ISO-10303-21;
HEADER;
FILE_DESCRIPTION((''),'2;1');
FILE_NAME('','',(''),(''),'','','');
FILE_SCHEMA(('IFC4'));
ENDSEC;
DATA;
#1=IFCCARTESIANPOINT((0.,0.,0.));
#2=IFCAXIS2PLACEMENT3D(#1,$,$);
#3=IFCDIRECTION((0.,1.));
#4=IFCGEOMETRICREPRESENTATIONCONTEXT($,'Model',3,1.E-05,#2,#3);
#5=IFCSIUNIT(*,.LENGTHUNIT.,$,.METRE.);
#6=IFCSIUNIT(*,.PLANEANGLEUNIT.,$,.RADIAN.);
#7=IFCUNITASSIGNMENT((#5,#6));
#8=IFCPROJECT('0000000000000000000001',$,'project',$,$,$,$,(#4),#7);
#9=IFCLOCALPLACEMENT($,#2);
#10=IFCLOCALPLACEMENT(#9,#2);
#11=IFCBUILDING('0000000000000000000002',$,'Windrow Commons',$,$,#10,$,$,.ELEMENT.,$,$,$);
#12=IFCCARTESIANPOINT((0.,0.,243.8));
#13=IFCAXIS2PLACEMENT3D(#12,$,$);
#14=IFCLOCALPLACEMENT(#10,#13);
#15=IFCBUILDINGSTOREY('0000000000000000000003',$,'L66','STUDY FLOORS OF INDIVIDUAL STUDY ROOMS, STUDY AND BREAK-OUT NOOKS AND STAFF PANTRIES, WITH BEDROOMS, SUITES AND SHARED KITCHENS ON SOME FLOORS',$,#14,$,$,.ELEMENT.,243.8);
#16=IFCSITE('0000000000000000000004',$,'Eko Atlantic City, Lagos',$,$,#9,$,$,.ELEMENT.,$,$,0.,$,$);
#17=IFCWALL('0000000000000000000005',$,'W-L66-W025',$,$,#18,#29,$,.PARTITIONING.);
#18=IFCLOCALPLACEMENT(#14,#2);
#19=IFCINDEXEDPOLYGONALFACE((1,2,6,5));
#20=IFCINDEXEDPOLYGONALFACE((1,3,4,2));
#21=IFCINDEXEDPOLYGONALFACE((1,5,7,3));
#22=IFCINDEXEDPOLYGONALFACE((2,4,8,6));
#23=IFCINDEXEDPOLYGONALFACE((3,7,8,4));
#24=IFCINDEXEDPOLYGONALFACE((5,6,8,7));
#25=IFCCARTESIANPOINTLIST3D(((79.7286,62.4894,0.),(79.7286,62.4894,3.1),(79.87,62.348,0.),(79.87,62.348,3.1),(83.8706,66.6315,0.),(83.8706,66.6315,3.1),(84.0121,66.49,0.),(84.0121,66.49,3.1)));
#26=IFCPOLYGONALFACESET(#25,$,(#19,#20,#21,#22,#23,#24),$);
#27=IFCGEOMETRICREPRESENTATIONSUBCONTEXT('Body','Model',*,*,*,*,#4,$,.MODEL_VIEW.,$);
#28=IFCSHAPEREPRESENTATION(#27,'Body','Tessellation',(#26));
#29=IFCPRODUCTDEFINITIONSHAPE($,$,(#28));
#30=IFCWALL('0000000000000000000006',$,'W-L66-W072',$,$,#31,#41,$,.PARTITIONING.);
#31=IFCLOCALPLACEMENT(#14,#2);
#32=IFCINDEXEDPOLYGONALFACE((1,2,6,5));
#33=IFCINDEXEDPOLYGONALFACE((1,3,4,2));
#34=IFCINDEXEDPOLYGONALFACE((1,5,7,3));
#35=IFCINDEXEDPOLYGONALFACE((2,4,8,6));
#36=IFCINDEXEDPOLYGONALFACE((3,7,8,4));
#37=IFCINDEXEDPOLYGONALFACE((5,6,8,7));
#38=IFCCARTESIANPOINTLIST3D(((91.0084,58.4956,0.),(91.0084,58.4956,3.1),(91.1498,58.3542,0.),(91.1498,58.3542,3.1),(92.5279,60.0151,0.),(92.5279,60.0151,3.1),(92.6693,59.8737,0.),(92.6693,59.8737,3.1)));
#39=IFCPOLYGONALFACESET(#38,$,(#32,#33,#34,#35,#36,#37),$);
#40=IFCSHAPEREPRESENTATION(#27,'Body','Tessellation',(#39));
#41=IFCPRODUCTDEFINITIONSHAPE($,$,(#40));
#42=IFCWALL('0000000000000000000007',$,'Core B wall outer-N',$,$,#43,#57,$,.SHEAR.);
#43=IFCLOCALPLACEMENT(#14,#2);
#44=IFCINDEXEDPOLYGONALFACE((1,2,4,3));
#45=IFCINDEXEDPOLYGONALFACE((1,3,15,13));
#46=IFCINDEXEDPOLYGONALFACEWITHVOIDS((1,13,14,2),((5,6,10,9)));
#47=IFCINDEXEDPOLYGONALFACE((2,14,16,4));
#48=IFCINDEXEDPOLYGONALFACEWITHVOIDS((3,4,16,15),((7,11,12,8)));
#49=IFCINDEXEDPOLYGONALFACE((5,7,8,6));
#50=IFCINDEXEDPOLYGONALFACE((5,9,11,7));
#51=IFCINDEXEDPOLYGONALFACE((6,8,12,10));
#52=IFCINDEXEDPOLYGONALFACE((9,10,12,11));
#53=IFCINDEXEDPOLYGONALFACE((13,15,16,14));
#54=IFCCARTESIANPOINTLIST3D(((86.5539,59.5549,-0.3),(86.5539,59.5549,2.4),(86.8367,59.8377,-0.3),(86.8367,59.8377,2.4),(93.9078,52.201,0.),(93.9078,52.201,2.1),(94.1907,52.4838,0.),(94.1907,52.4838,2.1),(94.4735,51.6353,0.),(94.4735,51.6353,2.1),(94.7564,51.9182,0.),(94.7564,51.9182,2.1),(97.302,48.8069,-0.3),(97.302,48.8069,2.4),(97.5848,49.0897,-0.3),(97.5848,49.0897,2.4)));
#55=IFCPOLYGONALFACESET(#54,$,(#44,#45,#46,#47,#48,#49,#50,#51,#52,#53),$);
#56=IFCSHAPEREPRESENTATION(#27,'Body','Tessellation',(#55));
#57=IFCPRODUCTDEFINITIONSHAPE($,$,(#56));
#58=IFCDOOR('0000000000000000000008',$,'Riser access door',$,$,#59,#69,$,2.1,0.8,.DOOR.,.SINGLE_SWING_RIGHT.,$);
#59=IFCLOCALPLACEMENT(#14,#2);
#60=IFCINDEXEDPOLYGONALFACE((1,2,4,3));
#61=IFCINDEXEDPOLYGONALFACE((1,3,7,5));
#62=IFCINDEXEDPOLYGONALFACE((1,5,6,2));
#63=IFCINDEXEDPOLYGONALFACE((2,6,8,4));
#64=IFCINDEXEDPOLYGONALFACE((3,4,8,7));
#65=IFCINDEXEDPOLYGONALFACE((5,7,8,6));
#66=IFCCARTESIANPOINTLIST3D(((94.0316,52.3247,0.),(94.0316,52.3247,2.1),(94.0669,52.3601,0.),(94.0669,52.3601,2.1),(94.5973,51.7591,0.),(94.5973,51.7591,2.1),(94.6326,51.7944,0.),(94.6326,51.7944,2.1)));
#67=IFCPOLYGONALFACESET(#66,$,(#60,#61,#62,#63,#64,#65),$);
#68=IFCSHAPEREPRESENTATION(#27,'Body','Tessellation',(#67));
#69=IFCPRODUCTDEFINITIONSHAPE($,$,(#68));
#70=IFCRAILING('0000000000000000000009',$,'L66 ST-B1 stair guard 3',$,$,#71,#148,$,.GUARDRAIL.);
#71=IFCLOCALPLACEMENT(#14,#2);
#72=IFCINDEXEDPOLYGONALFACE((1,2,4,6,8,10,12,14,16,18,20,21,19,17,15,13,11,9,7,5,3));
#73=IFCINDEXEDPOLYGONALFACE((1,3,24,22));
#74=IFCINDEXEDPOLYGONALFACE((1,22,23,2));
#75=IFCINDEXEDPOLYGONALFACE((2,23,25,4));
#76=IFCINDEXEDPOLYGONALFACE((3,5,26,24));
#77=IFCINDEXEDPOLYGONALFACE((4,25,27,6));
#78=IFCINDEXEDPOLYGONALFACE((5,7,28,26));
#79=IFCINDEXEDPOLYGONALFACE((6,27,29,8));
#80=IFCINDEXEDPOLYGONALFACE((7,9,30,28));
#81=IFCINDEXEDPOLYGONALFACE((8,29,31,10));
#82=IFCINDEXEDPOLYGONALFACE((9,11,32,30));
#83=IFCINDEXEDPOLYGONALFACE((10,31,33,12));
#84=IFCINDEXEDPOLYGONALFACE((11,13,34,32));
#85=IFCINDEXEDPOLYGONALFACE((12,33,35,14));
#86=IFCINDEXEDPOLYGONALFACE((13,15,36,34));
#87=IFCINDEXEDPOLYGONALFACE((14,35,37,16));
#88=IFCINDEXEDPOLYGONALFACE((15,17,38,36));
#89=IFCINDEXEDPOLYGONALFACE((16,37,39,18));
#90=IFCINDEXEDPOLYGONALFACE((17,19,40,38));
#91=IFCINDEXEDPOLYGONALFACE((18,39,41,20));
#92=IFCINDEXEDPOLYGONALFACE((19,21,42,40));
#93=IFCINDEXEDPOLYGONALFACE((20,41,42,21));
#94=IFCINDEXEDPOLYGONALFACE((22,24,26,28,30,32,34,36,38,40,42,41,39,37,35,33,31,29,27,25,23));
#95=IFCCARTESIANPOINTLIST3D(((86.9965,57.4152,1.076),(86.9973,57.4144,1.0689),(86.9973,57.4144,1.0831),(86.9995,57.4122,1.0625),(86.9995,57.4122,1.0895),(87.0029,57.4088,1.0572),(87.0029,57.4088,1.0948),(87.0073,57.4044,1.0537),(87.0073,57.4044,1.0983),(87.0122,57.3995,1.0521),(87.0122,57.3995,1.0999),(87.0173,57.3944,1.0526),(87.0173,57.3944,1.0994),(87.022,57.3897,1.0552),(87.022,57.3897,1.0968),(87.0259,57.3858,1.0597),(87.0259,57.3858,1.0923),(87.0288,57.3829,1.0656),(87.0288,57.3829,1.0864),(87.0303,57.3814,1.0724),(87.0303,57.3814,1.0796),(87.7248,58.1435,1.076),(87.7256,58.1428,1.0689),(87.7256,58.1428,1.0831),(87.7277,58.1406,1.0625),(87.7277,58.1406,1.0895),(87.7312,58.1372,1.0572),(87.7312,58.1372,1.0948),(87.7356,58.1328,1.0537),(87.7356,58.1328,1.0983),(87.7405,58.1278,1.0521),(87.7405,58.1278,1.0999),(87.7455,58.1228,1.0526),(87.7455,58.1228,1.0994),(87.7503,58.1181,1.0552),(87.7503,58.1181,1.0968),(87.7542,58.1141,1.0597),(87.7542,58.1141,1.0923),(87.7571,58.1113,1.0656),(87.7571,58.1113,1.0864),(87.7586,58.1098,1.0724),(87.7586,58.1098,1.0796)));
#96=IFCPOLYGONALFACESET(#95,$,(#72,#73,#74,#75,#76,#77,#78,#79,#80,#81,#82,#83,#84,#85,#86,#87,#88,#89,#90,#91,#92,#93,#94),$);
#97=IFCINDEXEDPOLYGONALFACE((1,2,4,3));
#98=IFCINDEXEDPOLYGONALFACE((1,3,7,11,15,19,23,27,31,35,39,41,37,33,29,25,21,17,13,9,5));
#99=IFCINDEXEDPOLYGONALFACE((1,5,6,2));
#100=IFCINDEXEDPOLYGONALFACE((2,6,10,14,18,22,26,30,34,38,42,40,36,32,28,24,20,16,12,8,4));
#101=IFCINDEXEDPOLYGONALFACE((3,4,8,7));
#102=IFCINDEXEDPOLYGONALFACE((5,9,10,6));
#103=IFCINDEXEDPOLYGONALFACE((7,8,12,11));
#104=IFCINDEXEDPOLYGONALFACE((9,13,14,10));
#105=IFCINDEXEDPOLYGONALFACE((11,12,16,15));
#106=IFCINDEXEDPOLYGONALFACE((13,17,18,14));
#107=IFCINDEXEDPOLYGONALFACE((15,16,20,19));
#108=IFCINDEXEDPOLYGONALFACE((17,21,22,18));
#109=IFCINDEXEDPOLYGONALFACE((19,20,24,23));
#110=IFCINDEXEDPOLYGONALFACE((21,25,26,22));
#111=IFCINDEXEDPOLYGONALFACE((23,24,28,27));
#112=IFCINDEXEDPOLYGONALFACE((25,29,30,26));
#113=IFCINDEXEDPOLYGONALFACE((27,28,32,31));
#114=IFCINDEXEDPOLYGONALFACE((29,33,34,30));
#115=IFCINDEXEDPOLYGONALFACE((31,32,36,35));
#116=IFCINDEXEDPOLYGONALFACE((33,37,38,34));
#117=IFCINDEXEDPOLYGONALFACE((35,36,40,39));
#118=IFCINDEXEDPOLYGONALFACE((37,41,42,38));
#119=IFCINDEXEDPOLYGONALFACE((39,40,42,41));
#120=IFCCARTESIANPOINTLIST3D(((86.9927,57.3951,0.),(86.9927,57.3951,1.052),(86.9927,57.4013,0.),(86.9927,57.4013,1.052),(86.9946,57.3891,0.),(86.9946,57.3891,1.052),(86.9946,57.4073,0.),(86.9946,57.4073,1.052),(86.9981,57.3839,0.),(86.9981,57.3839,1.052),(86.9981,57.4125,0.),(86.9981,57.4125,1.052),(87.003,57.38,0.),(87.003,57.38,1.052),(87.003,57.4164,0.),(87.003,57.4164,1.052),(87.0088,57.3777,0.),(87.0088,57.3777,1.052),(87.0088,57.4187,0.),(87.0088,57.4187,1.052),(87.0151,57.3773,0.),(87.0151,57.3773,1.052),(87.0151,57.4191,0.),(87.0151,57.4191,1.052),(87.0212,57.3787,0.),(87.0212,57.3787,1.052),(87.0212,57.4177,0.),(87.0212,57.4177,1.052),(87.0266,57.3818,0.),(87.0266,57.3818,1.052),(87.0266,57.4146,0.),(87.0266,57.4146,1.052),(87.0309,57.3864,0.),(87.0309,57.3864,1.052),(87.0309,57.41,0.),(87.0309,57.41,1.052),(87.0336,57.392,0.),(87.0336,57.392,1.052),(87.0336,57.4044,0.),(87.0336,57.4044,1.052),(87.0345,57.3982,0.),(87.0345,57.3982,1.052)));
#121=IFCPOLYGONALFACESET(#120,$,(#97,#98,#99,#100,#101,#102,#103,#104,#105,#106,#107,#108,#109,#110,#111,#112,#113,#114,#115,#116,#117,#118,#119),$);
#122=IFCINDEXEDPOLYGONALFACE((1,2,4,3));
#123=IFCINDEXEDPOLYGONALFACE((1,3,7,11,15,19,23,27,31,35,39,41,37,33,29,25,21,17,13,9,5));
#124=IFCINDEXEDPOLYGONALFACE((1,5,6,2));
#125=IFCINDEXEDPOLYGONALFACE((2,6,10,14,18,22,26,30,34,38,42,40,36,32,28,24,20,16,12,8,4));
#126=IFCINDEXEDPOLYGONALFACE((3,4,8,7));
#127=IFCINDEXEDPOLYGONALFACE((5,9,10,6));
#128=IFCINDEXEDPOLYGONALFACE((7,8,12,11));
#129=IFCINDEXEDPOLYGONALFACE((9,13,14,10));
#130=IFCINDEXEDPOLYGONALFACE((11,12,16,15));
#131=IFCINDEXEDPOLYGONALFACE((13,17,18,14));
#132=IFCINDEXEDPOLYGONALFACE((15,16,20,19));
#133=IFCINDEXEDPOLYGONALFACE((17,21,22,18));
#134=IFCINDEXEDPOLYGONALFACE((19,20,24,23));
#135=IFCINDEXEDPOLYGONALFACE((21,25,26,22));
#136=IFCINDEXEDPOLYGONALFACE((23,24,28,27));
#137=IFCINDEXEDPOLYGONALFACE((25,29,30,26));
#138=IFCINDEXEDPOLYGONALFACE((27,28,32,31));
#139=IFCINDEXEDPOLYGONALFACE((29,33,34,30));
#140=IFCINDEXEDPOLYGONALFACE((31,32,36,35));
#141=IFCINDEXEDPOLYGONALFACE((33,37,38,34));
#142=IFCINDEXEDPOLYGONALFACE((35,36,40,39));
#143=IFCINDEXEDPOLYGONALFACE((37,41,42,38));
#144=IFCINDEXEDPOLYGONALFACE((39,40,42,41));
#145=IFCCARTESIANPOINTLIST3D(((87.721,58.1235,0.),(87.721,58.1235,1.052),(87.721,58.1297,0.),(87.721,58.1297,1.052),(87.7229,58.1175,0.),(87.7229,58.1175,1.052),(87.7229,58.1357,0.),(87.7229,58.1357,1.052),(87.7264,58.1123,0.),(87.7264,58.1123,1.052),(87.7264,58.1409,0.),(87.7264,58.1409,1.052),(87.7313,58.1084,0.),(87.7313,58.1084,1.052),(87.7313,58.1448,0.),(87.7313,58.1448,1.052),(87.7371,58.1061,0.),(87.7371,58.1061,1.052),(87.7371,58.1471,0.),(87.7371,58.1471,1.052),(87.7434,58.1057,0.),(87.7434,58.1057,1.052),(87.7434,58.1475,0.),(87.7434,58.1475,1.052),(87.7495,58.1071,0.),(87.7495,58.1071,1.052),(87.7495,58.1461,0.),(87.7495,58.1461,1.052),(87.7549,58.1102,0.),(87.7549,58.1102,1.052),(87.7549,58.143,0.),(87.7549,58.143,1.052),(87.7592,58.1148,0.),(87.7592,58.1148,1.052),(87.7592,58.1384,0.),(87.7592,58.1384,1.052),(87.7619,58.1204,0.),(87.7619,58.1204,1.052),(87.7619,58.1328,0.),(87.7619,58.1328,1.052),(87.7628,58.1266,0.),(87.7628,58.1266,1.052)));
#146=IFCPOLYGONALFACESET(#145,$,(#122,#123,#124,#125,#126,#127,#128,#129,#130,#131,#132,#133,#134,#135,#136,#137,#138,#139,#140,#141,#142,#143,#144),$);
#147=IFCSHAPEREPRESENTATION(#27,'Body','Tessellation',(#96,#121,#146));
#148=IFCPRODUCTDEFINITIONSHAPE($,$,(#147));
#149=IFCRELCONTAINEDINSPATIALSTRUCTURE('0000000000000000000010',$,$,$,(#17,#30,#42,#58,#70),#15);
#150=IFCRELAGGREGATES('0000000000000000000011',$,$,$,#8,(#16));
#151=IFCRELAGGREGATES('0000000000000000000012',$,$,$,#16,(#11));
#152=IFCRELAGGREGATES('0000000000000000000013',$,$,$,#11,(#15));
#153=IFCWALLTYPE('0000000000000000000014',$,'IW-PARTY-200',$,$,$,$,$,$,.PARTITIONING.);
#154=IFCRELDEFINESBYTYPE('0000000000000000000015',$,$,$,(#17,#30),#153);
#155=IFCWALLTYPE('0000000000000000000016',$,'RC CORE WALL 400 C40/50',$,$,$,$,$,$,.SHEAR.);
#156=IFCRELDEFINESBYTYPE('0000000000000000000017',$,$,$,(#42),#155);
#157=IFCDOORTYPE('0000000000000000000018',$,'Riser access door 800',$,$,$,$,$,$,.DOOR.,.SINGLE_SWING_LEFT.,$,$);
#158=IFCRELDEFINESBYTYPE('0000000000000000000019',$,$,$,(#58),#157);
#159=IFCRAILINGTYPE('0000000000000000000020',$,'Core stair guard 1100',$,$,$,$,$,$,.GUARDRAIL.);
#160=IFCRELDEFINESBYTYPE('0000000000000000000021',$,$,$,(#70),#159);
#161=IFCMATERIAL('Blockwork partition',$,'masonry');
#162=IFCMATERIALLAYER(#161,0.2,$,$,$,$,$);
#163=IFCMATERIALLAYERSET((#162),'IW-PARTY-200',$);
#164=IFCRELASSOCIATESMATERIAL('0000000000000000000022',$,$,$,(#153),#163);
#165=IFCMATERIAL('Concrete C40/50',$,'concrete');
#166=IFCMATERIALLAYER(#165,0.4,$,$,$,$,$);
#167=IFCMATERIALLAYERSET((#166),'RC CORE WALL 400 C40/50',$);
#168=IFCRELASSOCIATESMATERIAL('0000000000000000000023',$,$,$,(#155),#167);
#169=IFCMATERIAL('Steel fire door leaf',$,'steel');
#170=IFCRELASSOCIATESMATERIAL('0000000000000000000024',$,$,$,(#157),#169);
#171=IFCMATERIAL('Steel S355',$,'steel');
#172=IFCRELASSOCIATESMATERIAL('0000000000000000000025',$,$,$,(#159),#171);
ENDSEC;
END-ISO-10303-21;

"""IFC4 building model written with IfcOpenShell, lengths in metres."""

from ifc_helpers import new_model, si_unit, direction, frame, frame_2d, origin, origin_2d, place, context, subcontext, project, spatial, rectangle, circle, extrude, material, layer, layer_set, type_object, element, fill, save


model = new_model("IFC4")

# Units and contexts
model_context = context("Model", 3, precision=1e-05, world=origin(), true_north=direction((0.0, 1.0)))
body_context = subcontext(model_context, "Body", "Model", "MODEL_VIEW")
ifc_project = project(units=[si_unit("LENGTHUNIT", "METRE"), si_unit("PLANEANGLEUNIT", "RADIAN")], contexts=[model_context])

# Site, building, storey
site_placement = place(None, origin())
site = spatial("IfcSite", under=ifc_project, at=site_placement, Name="Eko Atlantic City, Lagos", CompositionType="ELEMENT", RefElevation=0.0)
building_placement = place(site_placement, origin())
building = spatial("IfcBuilding", under=site, at=building_placement, Name="Windrow Commons", CompositionType="ELEMENT")
storey_placement = place(building_placement, frame((0.0, 0.0, 243.8)))
storey = spatial("IfcBuildingStorey", under=building, at=storey_placement, Name="L66", Description="STUDY FLOORS OF INDIVIDUAL STUDY ROOMS, STUDY AND BREAK-OUT NOOKS AND STAFF PANTRIES, WITH BEDROOMS, SUITES AND SHARED KITCHENS ON SOME FLOORS", CompositionType="ELEMENT", Elevation=243.8)

# Walls
ifc_material_1 = material(Name="Blockwork partition", Category="masonry")
ifc_layer_1 = layer(ifc_material_1, 0.2)
ifc_layer_set_1 = layer_set([ifc_layer_1], Name="IW-PARTY-200")
wall_type_1 = type_object("IfcWallType", Name="IW-PARTY-200", PredefinedType="PARTITIONING", material=ifc_layer_set_1)
wall_1_placement = place(storey_placement, frame((79.7993, 62.4187, 0.0), z_axis=(0.0, 0.0, 1.0), x_axis=(0.707107, 0.707107, 0.0)))
element("IfcWall", 1, at=wall_1_placement, inside=storey, type_object=wall_type_1, Name="W-L66-W025", PredefinedType="PARTITIONING", context=body_context, shape_type="SweptSolid", body=[
    extrude(rectangle(XDim=5.8577, YDim=0.2, at=frame_2d((2.9289, 0.0))), origin(), (0.0, 0.0, 1.0), 3.1),
])
wall_2_placement = place(storey_placement, frame((91.0791, 58.4249, 0.0), z_axis=(0.0, 0.0, 1.0), x_axis=(0.707107, 0.707107, 0.0)))
element("IfcWall", 2, at=wall_2_placement, inside=storey, type_object=wall_type_1, Name="W-L66-W072", PredefinedType="PARTITIONING", context=body_context, shape_type="SweptSolid", body=[
    extrude(rectangle(XDim=2.1489, YDim=0.2, at=frame_2d((1.0744, 0.0))), origin(), (0.0, 0.0, 1.0), 3.1),
])

# Wall, opening, door
ifc_material_2 = material(Name="Concrete C40/50", Category="concrete")
ifc_layer_2 = layer(ifc_material_2, 0.4)
ifc_layer_set_2 = layer_set([ifc_layer_2], Name="RC CORE WALL 400 C40/50")
wall_type_2 = type_object("IfcWallType", Name="RC CORE WALL 400 C40/50", PredefinedType="SHEAR", material=ifc_layer_set_2)
wall_3_placement = place(storey_placement, frame((86.6953, 59.6963, -0.3), z_axis=(0.0, 0.0, 1.0), x_axis=(0.70711, -0.707103, 0.0)))
wall_3 = element("IfcWall", 3, at=wall_3_placement, inside=storey, type_object=wall_type_2, Name="Core B wall outer-N", PredefinedType="SHEAR", context=body_context, shape_type="SweptSolid", body=[
    extrude(rectangle(XDim=15.2, YDim=0.4, at=frame_2d((7.6, 0.0))), origin(), (0.0, 0.0, 1.0), 2.7),
])
opening_1_placement = place(wall_3_placement, frame((10.4, 0.0, 0.3)))
opening_1 = element("IfcOpeningElement", 4, at=opening_1_placement, cuts=wall_3, PredefinedType="OPENING", context=body_context, shape_type="SweptSolid", body=[
    extrude(rectangle(XDim=0.8, YDim=2.1, at=frame_2d((0.4, 1.05))), frame((0.0, 0.21, 0.0), z_axis=(0.0, -1.0, 0.0), x_axis=(1.0, 0.0, 0.0)), (0.0, 0.0, 1.0), 0.42),
])
ifc_material_3 = material(Name="Steel fire door leaf", Category="steel")
door_type_1 = type_object("IfcDoorType", Name="Riser access door 800", OperationType="SINGLE_SWING_LEFT", PredefinedType="DOOR", material=ifc_material_3)
door_1_placement = place(opening_1_placement, origin())
door_1 = element("IfcDoor", 5, at=door_1_placement, inside=storey, type_object=door_type_1, Name="Riser access door", OperationType="SINGLE_SWING_RIGHT", OverallHeight=2.1, OverallWidth=0.8, PredefinedType="DOOR", context=body_context, shape_type="SweptSolid", body=[
    extrude(rectangle(XDim=0.8, YDim=2.1, at=frame_2d((0.4, 1.05))), frame((0.0, 0.025, 0.0), z_axis=(0.0, -1.0, 0.0), x_axis=(1.0, 0.0, 0.0)), (0.0, 0.0, 1.0), 0.05),
])
fill(opening_1, door_1)

# Railing
ifc_material_4 = material(Name="Steel S355", Category="steel")
railing_type = type_object("IfcRailingType", Name="Core stair guard 1100", PredefinedType="GUARDRAIL", material=ifc_material_4)
railing_placement = place(storey_placement, frame((87.0135, 57.3982, 0.0)))
element("IfcRailing", 6, at=railing_placement, inside=storey, type_object=railing_type, Name="L66 ST-B1 stair guard 3", PredefinedType="GUARDRAIL", context=body_context, shape_type="SweptSolid", body=[
    extrude(circle(Radius=0.024, at=origin_2d()), frame((0.0, 0.0, 1.076), z_axis=(0.707058, 0.707155, 0.0), x_axis=(-0.707155, 0.707058, 0.0)), (0.0, 0.0, 1.0), 1.03),
    extrude(circle(Radius=0.021, at=origin_2d()), origin(), (0.0, 0.0, 1.0), 1.052),
    extrude(circle(Radius=0.021, at=origin_2d()), frame((0.7283, 0.7284, 0.0)), (0.0, 0.0, 1.0), 1.052),
])

save(model, "model.ifc")
